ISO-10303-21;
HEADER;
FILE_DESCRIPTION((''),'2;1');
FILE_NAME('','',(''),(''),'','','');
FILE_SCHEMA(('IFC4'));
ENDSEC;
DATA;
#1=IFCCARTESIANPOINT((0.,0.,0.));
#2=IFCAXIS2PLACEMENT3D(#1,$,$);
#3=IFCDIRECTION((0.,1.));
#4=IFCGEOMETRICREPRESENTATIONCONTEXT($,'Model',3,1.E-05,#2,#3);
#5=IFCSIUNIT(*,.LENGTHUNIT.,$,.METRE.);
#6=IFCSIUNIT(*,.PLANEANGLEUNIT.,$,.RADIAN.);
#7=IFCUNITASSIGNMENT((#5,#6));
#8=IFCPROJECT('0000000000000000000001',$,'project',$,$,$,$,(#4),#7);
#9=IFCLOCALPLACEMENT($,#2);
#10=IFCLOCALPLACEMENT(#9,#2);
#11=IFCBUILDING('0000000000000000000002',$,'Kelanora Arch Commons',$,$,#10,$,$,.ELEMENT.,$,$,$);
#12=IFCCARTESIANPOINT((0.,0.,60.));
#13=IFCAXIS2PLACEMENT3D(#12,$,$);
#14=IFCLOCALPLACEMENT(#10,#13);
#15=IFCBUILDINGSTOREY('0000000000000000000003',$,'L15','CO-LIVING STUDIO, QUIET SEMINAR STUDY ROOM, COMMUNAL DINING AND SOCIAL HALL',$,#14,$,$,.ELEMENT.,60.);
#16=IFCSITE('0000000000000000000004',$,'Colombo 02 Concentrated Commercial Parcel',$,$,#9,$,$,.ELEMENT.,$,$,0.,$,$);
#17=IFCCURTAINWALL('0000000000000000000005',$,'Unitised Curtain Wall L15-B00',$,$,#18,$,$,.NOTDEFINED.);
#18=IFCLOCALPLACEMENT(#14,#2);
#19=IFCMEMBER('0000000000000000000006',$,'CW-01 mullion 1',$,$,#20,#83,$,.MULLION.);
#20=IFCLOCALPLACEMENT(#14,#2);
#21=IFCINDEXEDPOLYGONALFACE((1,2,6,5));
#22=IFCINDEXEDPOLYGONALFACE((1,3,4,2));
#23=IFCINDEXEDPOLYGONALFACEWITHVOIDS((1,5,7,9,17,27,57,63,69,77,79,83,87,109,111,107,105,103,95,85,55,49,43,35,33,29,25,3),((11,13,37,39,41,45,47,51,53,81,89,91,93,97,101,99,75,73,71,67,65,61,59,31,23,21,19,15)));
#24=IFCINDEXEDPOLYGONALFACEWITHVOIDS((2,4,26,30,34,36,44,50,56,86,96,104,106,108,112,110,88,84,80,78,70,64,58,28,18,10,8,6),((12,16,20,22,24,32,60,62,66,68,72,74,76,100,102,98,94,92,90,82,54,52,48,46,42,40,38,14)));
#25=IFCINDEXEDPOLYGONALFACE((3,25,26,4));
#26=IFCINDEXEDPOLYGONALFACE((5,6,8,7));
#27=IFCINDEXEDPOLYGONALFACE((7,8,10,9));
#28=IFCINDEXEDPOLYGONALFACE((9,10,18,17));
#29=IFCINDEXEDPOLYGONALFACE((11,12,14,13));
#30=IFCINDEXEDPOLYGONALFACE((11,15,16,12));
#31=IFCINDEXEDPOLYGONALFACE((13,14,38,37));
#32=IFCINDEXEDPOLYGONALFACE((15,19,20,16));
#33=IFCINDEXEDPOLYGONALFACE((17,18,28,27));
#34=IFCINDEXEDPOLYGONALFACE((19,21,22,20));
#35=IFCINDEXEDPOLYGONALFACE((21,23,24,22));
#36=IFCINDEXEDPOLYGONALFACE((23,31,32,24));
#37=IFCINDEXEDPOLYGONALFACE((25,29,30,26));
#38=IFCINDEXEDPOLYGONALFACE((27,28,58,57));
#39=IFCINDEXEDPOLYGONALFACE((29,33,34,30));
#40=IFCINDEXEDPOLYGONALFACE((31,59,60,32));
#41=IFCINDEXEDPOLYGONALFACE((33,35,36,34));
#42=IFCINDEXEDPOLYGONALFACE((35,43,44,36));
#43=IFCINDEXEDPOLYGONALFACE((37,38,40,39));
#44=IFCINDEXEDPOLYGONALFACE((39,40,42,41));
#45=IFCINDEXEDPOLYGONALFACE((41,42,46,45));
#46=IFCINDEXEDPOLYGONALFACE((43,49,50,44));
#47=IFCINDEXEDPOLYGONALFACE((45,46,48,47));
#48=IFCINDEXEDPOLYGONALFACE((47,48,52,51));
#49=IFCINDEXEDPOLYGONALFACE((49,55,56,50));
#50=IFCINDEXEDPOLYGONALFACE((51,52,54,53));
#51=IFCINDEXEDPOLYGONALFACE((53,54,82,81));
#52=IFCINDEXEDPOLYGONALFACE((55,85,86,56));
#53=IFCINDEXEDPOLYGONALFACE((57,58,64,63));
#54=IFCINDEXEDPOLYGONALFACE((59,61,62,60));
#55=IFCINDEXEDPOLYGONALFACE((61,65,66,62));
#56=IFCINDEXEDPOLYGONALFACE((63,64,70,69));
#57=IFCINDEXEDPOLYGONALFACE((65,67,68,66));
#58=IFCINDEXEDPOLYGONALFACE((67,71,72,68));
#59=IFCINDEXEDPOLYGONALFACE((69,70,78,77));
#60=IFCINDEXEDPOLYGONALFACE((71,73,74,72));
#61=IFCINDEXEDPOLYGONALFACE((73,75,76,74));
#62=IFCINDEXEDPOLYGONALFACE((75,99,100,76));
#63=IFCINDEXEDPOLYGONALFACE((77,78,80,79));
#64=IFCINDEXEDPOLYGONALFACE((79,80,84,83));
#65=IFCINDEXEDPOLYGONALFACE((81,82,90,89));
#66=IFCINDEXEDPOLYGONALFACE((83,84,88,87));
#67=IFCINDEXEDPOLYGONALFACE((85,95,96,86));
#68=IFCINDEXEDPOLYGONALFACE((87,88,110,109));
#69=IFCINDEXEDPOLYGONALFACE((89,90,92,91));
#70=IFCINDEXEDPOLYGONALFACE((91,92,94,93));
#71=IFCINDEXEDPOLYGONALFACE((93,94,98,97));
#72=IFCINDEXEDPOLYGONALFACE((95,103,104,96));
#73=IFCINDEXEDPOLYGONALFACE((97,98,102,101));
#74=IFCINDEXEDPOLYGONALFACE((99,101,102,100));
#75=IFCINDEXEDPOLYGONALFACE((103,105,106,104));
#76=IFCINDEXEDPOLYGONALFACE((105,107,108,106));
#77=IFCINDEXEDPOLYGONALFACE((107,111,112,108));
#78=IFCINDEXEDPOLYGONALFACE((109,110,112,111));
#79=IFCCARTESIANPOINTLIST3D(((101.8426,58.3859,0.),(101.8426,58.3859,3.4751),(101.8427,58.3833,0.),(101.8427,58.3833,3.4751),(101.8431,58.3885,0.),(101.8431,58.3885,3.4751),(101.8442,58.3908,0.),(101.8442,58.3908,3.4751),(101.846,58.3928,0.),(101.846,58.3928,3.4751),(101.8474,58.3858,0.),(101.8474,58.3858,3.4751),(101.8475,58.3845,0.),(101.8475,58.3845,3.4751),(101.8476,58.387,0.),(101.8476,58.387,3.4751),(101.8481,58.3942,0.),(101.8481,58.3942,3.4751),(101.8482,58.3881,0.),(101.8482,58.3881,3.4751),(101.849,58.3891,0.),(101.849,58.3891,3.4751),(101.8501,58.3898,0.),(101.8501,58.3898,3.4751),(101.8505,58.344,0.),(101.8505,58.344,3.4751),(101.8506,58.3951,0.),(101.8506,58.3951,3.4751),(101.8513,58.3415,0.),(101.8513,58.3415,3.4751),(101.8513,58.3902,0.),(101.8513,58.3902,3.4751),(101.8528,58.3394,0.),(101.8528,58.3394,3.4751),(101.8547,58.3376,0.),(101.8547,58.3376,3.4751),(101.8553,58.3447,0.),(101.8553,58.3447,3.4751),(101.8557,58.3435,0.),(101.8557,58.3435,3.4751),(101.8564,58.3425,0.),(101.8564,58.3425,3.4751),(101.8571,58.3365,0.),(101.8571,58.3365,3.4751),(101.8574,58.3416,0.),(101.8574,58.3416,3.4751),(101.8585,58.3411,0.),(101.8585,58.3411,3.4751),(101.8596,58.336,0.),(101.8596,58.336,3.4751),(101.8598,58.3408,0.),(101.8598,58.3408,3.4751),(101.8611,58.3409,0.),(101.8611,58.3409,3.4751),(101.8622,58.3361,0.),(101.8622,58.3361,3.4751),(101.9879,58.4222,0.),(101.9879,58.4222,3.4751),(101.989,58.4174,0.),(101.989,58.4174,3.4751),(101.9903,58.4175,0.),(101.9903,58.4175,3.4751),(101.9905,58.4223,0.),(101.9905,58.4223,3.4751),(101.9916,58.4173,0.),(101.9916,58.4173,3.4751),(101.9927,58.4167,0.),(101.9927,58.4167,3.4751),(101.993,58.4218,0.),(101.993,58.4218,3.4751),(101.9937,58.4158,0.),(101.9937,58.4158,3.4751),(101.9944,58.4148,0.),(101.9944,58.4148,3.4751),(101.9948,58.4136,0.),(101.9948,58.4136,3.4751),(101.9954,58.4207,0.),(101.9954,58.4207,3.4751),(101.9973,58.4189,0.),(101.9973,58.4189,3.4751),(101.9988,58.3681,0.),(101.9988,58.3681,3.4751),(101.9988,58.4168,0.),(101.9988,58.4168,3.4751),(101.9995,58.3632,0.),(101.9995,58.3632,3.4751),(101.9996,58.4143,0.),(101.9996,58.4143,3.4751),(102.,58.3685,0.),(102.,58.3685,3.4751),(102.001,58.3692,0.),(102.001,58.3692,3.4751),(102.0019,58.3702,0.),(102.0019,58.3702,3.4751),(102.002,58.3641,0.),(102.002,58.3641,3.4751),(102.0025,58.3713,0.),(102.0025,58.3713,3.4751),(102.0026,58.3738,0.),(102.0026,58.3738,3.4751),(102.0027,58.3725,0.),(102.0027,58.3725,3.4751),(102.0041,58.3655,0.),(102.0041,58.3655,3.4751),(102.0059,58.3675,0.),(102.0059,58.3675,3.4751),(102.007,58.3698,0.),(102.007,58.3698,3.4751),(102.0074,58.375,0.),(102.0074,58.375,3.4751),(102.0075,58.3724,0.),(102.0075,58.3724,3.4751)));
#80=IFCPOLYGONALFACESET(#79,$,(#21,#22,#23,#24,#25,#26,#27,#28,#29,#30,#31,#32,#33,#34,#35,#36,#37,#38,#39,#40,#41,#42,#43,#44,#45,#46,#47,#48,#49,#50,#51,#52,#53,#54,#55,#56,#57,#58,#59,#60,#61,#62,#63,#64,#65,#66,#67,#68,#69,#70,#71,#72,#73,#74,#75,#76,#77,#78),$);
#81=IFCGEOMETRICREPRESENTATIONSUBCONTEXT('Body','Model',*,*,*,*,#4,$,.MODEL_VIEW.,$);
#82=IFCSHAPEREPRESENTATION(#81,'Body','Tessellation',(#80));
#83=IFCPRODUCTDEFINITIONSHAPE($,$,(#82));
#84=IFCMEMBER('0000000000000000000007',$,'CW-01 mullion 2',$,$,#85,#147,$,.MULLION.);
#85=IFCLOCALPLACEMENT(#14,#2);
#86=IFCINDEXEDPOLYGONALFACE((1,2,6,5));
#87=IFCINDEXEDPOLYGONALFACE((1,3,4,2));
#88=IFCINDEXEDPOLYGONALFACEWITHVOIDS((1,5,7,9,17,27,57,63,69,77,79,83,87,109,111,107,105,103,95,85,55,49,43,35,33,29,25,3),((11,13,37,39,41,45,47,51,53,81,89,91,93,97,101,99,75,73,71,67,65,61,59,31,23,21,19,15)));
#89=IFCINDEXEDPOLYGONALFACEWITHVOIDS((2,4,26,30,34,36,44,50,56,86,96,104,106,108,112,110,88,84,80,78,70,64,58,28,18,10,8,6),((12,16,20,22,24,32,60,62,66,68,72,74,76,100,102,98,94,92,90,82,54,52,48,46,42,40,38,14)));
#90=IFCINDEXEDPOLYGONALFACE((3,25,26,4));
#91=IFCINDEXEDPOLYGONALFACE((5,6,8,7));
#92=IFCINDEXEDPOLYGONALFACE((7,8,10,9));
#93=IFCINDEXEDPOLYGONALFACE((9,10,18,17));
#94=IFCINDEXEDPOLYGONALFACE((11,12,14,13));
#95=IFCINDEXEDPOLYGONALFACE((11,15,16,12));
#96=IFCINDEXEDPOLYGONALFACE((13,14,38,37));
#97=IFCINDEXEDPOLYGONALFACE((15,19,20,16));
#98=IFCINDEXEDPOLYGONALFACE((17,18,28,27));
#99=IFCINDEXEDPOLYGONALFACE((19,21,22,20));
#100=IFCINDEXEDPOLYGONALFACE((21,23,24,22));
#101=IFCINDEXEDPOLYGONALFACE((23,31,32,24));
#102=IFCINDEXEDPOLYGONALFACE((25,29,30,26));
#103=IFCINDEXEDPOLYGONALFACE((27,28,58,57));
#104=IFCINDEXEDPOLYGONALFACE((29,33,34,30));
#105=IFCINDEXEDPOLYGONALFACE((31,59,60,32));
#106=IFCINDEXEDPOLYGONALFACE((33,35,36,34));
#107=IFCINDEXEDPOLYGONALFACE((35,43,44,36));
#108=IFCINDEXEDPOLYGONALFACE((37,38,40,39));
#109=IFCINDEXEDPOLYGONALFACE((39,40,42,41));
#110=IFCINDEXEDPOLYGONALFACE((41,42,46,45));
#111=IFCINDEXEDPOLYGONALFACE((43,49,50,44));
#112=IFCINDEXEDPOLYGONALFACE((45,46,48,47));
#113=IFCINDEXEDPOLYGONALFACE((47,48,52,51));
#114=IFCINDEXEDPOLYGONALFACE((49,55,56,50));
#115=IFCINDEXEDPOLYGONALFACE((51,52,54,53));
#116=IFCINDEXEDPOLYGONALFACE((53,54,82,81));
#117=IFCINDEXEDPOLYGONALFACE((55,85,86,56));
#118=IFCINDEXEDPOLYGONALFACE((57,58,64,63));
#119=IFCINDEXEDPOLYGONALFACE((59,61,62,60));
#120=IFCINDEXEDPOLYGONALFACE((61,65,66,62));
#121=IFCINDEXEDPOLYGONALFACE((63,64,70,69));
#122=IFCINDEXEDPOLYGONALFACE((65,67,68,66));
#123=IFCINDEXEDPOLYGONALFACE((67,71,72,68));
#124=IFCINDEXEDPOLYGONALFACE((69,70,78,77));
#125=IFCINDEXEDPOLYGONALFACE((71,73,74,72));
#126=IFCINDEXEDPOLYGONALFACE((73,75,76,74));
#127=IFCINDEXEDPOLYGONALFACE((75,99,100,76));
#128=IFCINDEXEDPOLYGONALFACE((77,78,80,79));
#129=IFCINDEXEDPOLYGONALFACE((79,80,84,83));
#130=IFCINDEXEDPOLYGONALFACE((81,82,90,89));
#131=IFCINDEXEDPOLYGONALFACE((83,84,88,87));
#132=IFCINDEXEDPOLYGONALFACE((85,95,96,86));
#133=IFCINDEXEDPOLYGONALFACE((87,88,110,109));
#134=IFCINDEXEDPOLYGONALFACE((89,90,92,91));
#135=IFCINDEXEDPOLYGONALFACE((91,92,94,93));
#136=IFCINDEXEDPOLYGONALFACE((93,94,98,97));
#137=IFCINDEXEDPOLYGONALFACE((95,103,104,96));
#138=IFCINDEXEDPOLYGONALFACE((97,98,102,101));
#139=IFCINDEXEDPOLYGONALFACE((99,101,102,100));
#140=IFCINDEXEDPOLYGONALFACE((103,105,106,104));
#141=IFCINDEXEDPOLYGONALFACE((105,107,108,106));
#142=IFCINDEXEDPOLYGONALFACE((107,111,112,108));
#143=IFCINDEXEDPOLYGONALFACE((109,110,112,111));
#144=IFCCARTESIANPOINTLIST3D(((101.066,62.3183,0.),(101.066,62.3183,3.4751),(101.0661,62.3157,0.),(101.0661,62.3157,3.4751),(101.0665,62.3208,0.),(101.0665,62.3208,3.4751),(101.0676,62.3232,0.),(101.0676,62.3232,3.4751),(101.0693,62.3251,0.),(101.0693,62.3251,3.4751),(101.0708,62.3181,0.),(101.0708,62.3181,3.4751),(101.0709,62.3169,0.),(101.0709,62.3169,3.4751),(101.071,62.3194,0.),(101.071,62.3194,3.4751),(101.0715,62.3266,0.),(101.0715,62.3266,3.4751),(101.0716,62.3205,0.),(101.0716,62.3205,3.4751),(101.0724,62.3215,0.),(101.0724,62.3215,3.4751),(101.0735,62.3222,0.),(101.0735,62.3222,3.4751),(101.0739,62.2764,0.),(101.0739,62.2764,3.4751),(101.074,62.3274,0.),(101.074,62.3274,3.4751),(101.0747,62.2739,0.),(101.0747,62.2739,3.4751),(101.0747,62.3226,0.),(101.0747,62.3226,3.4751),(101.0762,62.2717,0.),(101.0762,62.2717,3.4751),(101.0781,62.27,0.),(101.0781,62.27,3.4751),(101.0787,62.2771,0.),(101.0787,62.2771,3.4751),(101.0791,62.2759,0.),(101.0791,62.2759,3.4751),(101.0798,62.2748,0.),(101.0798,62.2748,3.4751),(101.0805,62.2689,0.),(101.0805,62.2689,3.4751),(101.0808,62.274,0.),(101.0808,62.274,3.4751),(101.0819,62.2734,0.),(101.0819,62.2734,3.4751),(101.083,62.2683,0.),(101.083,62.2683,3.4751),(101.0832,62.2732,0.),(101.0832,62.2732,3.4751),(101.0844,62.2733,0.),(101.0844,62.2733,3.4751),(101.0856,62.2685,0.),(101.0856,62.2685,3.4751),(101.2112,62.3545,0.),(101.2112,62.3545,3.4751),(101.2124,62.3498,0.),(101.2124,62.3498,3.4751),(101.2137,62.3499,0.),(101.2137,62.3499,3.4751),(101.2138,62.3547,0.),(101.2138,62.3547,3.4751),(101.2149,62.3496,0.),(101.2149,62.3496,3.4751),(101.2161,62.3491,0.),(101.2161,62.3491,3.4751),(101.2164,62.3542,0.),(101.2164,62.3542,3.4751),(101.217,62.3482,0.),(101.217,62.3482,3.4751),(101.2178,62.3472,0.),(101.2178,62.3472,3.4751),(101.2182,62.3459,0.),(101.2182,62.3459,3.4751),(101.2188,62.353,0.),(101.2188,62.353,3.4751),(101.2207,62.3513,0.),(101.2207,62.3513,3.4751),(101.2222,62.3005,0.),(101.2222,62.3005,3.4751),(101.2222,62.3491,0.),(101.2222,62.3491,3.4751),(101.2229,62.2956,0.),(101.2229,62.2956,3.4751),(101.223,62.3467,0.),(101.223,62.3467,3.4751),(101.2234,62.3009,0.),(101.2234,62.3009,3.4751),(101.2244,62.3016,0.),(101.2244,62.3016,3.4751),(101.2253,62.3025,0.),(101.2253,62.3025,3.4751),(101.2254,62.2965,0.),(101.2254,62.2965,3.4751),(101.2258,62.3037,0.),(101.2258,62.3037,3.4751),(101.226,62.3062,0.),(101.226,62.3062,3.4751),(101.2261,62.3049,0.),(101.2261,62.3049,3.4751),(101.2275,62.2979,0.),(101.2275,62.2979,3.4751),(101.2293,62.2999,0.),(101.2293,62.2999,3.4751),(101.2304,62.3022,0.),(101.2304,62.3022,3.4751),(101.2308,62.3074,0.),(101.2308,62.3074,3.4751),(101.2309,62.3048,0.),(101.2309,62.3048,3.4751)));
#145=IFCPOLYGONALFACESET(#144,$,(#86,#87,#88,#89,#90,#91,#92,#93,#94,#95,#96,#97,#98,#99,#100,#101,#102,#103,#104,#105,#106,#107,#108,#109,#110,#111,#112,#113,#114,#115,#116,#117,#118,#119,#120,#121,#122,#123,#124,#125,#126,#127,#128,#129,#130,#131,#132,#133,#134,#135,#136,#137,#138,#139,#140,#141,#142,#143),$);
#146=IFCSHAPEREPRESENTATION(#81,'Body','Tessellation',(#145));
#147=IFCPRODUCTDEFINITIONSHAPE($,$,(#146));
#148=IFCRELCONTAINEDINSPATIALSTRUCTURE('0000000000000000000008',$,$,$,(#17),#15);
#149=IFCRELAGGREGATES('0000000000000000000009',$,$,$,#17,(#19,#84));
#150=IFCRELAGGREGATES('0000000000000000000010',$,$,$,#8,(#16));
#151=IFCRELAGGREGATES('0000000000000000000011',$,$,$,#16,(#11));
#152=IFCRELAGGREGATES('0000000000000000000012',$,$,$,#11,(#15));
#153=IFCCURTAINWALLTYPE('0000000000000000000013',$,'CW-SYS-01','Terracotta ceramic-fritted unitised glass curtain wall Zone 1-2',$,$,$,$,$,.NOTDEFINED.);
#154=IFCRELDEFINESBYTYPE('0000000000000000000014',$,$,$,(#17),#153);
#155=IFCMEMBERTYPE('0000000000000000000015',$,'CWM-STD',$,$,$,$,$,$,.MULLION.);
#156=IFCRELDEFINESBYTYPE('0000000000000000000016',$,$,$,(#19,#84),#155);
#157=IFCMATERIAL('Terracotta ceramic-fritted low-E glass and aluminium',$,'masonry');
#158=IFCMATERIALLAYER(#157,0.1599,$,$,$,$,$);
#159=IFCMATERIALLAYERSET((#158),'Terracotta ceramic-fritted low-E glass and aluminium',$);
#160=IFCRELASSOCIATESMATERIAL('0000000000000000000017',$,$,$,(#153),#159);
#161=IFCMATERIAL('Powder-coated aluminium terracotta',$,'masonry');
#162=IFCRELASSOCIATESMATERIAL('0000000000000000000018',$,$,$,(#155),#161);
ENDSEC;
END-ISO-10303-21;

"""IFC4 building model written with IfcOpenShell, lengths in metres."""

from ifc_helpers import new_model, si_unit, direction, frame, origin, origin_2d, place, context, subcontext, project, spatial, hollow_rectangle, extrude, material, layer, layer_set, material_profile, profile_set, type_object, element, aggregate, save


model = new_model("IFC4")

# Units and contexts
model_context = context("Model", 3, precision=1e-05, world=origin(), true_north=direction((0.0, 1.0)))
body_context = subcontext(model_context, "Body", "Model", "MODEL_VIEW")
ifc_project = project(units=[si_unit("LENGTHUNIT", "METRE"), si_unit("PLANEANGLEUNIT", "RADIAN")], contexts=[model_context])

# Site, building, storey
site_placement = place(None, origin())
site = spatial("IfcSite", under=ifc_project, at=site_placement, Name="Colombo 02 Concentrated Commercial Parcel", CompositionType="ELEMENT", RefElevation=0.0)
building_placement = place(site_placement, origin())
building = spatial("IfcBuilding", under=site, at=building_placement, Name="Kelanora Arch Commons", CompositionType="ELEMENT")
storey_placement = place(building_placement, frame((0.0, 0.0, 60.0)))
storey = spatial("IfcBuildingStorey", under=building, at=storey_placement, Name="L15", Description="CO-LIVING STUDIO, QUIET SEMINAR STUDY ROOM, COMMUNAL DINING AND SOCIAL HALL", CompositionType="ELEMENT", Elevation=60.0)

# Curtain wall, members
ifc_material_1 = material(Name="Terracotta ceramic-fritted low-E glass and aluminium", Category="masonry")
ifc_layer_1 = layer(ifc_material_1, 0.1599)
ifc_layer_set_1 = layer_set([ifc_layer_1], Name="Terracotta ceramic-fritted low-E glass and aluminium")
curtain_wall_type = type_object("IfcCurtainWallType", Name="CW-SYS-01", Description="Terracotta ceramic-fritted unitised glass curtain wall Zone 1-2", PredefinedType="NOTDEFINED", material=ifc_layer_set_1)
curtain_wall_placement = place(storey_placement, origin())
curtain_wall = element("IfcCurtainWall", 1, at=curtain_wall_placement, inside=storey, type_object=curtain_wall_type, Name="Unitised Curtain Wall L15-B00", PredefinedType="NOTDEFINED")
ifc_material_2 = material(Name="Powder-coated aluminium terracotta", Category="masonry")
ifc_material_profile_1 = material_profile(ifc_material_2, hollow_rectangle(XDim=0.1599, YDim=0.0601, WallThickness=0.0049, InnerFilletRadius=0.0049, OuterFilletRadius=0.01, at=origin_2d()), Name="CWM160x60")
ifc_profile_set_1 = profile_set([ifc_material_profile_1], Name="Powder-coated aluminium terracotta")
member_type_1 = type_object("IfcMemberType", Name="CWM-STD", PredefinedType="MULLION", material=ifc_profile_set_1)
member_1_placement = place(storey_placement, frame((101.925, 58.3792, 0.0), z_axis=(0.0, 0.0, 1.0), x_axis=(-0.981052, -0.193744, 0.0)))
member_1 = element("IfcMember", 2, at=member_1_placement, type_object=member_type_1, Name="CW-01 mullion 1", PredefinedType="MULLION", context=body_context, shape_type="SweptSolid", body=[
    extrude(hollow_rectangle(XDim=0.1599, YDim=0.0601, WallThickness=0.0049, InnerFilletRadius=0.0049, OuterFilletRadius=0.01, at=origin_2d()), origin(), (0.0, 0.0, 1.0), 3.4751),
])
member_2_placement = place(storey_placement, frame((101.1484, 62.3115, 0.0), z_axis=(0.0, 0.0, 1.0), x_axis=(-0.981052, -0.193744, 0.0)))
member_2 = element("IfcMember", 3, at=member_2_placement, type_object=member_type_1, Name="CW-01 mullion 2", PredefinedType="MULLION", context=body_context, shape_type="SweptSolid", body=[
    extrude(hollow_rectangle(XDim=0.1599, YDim=0.0601, WallThickness=0.0049, InnerFilletRadius=0.0049, OuterFilletRadius=0.01, at=origin_2d()), origin(), (0.0, 0.0, 1.0), 3.4751),
])
aggregate(curtain_wall, [member_1, member_2])

save(model, "model.ifc")
